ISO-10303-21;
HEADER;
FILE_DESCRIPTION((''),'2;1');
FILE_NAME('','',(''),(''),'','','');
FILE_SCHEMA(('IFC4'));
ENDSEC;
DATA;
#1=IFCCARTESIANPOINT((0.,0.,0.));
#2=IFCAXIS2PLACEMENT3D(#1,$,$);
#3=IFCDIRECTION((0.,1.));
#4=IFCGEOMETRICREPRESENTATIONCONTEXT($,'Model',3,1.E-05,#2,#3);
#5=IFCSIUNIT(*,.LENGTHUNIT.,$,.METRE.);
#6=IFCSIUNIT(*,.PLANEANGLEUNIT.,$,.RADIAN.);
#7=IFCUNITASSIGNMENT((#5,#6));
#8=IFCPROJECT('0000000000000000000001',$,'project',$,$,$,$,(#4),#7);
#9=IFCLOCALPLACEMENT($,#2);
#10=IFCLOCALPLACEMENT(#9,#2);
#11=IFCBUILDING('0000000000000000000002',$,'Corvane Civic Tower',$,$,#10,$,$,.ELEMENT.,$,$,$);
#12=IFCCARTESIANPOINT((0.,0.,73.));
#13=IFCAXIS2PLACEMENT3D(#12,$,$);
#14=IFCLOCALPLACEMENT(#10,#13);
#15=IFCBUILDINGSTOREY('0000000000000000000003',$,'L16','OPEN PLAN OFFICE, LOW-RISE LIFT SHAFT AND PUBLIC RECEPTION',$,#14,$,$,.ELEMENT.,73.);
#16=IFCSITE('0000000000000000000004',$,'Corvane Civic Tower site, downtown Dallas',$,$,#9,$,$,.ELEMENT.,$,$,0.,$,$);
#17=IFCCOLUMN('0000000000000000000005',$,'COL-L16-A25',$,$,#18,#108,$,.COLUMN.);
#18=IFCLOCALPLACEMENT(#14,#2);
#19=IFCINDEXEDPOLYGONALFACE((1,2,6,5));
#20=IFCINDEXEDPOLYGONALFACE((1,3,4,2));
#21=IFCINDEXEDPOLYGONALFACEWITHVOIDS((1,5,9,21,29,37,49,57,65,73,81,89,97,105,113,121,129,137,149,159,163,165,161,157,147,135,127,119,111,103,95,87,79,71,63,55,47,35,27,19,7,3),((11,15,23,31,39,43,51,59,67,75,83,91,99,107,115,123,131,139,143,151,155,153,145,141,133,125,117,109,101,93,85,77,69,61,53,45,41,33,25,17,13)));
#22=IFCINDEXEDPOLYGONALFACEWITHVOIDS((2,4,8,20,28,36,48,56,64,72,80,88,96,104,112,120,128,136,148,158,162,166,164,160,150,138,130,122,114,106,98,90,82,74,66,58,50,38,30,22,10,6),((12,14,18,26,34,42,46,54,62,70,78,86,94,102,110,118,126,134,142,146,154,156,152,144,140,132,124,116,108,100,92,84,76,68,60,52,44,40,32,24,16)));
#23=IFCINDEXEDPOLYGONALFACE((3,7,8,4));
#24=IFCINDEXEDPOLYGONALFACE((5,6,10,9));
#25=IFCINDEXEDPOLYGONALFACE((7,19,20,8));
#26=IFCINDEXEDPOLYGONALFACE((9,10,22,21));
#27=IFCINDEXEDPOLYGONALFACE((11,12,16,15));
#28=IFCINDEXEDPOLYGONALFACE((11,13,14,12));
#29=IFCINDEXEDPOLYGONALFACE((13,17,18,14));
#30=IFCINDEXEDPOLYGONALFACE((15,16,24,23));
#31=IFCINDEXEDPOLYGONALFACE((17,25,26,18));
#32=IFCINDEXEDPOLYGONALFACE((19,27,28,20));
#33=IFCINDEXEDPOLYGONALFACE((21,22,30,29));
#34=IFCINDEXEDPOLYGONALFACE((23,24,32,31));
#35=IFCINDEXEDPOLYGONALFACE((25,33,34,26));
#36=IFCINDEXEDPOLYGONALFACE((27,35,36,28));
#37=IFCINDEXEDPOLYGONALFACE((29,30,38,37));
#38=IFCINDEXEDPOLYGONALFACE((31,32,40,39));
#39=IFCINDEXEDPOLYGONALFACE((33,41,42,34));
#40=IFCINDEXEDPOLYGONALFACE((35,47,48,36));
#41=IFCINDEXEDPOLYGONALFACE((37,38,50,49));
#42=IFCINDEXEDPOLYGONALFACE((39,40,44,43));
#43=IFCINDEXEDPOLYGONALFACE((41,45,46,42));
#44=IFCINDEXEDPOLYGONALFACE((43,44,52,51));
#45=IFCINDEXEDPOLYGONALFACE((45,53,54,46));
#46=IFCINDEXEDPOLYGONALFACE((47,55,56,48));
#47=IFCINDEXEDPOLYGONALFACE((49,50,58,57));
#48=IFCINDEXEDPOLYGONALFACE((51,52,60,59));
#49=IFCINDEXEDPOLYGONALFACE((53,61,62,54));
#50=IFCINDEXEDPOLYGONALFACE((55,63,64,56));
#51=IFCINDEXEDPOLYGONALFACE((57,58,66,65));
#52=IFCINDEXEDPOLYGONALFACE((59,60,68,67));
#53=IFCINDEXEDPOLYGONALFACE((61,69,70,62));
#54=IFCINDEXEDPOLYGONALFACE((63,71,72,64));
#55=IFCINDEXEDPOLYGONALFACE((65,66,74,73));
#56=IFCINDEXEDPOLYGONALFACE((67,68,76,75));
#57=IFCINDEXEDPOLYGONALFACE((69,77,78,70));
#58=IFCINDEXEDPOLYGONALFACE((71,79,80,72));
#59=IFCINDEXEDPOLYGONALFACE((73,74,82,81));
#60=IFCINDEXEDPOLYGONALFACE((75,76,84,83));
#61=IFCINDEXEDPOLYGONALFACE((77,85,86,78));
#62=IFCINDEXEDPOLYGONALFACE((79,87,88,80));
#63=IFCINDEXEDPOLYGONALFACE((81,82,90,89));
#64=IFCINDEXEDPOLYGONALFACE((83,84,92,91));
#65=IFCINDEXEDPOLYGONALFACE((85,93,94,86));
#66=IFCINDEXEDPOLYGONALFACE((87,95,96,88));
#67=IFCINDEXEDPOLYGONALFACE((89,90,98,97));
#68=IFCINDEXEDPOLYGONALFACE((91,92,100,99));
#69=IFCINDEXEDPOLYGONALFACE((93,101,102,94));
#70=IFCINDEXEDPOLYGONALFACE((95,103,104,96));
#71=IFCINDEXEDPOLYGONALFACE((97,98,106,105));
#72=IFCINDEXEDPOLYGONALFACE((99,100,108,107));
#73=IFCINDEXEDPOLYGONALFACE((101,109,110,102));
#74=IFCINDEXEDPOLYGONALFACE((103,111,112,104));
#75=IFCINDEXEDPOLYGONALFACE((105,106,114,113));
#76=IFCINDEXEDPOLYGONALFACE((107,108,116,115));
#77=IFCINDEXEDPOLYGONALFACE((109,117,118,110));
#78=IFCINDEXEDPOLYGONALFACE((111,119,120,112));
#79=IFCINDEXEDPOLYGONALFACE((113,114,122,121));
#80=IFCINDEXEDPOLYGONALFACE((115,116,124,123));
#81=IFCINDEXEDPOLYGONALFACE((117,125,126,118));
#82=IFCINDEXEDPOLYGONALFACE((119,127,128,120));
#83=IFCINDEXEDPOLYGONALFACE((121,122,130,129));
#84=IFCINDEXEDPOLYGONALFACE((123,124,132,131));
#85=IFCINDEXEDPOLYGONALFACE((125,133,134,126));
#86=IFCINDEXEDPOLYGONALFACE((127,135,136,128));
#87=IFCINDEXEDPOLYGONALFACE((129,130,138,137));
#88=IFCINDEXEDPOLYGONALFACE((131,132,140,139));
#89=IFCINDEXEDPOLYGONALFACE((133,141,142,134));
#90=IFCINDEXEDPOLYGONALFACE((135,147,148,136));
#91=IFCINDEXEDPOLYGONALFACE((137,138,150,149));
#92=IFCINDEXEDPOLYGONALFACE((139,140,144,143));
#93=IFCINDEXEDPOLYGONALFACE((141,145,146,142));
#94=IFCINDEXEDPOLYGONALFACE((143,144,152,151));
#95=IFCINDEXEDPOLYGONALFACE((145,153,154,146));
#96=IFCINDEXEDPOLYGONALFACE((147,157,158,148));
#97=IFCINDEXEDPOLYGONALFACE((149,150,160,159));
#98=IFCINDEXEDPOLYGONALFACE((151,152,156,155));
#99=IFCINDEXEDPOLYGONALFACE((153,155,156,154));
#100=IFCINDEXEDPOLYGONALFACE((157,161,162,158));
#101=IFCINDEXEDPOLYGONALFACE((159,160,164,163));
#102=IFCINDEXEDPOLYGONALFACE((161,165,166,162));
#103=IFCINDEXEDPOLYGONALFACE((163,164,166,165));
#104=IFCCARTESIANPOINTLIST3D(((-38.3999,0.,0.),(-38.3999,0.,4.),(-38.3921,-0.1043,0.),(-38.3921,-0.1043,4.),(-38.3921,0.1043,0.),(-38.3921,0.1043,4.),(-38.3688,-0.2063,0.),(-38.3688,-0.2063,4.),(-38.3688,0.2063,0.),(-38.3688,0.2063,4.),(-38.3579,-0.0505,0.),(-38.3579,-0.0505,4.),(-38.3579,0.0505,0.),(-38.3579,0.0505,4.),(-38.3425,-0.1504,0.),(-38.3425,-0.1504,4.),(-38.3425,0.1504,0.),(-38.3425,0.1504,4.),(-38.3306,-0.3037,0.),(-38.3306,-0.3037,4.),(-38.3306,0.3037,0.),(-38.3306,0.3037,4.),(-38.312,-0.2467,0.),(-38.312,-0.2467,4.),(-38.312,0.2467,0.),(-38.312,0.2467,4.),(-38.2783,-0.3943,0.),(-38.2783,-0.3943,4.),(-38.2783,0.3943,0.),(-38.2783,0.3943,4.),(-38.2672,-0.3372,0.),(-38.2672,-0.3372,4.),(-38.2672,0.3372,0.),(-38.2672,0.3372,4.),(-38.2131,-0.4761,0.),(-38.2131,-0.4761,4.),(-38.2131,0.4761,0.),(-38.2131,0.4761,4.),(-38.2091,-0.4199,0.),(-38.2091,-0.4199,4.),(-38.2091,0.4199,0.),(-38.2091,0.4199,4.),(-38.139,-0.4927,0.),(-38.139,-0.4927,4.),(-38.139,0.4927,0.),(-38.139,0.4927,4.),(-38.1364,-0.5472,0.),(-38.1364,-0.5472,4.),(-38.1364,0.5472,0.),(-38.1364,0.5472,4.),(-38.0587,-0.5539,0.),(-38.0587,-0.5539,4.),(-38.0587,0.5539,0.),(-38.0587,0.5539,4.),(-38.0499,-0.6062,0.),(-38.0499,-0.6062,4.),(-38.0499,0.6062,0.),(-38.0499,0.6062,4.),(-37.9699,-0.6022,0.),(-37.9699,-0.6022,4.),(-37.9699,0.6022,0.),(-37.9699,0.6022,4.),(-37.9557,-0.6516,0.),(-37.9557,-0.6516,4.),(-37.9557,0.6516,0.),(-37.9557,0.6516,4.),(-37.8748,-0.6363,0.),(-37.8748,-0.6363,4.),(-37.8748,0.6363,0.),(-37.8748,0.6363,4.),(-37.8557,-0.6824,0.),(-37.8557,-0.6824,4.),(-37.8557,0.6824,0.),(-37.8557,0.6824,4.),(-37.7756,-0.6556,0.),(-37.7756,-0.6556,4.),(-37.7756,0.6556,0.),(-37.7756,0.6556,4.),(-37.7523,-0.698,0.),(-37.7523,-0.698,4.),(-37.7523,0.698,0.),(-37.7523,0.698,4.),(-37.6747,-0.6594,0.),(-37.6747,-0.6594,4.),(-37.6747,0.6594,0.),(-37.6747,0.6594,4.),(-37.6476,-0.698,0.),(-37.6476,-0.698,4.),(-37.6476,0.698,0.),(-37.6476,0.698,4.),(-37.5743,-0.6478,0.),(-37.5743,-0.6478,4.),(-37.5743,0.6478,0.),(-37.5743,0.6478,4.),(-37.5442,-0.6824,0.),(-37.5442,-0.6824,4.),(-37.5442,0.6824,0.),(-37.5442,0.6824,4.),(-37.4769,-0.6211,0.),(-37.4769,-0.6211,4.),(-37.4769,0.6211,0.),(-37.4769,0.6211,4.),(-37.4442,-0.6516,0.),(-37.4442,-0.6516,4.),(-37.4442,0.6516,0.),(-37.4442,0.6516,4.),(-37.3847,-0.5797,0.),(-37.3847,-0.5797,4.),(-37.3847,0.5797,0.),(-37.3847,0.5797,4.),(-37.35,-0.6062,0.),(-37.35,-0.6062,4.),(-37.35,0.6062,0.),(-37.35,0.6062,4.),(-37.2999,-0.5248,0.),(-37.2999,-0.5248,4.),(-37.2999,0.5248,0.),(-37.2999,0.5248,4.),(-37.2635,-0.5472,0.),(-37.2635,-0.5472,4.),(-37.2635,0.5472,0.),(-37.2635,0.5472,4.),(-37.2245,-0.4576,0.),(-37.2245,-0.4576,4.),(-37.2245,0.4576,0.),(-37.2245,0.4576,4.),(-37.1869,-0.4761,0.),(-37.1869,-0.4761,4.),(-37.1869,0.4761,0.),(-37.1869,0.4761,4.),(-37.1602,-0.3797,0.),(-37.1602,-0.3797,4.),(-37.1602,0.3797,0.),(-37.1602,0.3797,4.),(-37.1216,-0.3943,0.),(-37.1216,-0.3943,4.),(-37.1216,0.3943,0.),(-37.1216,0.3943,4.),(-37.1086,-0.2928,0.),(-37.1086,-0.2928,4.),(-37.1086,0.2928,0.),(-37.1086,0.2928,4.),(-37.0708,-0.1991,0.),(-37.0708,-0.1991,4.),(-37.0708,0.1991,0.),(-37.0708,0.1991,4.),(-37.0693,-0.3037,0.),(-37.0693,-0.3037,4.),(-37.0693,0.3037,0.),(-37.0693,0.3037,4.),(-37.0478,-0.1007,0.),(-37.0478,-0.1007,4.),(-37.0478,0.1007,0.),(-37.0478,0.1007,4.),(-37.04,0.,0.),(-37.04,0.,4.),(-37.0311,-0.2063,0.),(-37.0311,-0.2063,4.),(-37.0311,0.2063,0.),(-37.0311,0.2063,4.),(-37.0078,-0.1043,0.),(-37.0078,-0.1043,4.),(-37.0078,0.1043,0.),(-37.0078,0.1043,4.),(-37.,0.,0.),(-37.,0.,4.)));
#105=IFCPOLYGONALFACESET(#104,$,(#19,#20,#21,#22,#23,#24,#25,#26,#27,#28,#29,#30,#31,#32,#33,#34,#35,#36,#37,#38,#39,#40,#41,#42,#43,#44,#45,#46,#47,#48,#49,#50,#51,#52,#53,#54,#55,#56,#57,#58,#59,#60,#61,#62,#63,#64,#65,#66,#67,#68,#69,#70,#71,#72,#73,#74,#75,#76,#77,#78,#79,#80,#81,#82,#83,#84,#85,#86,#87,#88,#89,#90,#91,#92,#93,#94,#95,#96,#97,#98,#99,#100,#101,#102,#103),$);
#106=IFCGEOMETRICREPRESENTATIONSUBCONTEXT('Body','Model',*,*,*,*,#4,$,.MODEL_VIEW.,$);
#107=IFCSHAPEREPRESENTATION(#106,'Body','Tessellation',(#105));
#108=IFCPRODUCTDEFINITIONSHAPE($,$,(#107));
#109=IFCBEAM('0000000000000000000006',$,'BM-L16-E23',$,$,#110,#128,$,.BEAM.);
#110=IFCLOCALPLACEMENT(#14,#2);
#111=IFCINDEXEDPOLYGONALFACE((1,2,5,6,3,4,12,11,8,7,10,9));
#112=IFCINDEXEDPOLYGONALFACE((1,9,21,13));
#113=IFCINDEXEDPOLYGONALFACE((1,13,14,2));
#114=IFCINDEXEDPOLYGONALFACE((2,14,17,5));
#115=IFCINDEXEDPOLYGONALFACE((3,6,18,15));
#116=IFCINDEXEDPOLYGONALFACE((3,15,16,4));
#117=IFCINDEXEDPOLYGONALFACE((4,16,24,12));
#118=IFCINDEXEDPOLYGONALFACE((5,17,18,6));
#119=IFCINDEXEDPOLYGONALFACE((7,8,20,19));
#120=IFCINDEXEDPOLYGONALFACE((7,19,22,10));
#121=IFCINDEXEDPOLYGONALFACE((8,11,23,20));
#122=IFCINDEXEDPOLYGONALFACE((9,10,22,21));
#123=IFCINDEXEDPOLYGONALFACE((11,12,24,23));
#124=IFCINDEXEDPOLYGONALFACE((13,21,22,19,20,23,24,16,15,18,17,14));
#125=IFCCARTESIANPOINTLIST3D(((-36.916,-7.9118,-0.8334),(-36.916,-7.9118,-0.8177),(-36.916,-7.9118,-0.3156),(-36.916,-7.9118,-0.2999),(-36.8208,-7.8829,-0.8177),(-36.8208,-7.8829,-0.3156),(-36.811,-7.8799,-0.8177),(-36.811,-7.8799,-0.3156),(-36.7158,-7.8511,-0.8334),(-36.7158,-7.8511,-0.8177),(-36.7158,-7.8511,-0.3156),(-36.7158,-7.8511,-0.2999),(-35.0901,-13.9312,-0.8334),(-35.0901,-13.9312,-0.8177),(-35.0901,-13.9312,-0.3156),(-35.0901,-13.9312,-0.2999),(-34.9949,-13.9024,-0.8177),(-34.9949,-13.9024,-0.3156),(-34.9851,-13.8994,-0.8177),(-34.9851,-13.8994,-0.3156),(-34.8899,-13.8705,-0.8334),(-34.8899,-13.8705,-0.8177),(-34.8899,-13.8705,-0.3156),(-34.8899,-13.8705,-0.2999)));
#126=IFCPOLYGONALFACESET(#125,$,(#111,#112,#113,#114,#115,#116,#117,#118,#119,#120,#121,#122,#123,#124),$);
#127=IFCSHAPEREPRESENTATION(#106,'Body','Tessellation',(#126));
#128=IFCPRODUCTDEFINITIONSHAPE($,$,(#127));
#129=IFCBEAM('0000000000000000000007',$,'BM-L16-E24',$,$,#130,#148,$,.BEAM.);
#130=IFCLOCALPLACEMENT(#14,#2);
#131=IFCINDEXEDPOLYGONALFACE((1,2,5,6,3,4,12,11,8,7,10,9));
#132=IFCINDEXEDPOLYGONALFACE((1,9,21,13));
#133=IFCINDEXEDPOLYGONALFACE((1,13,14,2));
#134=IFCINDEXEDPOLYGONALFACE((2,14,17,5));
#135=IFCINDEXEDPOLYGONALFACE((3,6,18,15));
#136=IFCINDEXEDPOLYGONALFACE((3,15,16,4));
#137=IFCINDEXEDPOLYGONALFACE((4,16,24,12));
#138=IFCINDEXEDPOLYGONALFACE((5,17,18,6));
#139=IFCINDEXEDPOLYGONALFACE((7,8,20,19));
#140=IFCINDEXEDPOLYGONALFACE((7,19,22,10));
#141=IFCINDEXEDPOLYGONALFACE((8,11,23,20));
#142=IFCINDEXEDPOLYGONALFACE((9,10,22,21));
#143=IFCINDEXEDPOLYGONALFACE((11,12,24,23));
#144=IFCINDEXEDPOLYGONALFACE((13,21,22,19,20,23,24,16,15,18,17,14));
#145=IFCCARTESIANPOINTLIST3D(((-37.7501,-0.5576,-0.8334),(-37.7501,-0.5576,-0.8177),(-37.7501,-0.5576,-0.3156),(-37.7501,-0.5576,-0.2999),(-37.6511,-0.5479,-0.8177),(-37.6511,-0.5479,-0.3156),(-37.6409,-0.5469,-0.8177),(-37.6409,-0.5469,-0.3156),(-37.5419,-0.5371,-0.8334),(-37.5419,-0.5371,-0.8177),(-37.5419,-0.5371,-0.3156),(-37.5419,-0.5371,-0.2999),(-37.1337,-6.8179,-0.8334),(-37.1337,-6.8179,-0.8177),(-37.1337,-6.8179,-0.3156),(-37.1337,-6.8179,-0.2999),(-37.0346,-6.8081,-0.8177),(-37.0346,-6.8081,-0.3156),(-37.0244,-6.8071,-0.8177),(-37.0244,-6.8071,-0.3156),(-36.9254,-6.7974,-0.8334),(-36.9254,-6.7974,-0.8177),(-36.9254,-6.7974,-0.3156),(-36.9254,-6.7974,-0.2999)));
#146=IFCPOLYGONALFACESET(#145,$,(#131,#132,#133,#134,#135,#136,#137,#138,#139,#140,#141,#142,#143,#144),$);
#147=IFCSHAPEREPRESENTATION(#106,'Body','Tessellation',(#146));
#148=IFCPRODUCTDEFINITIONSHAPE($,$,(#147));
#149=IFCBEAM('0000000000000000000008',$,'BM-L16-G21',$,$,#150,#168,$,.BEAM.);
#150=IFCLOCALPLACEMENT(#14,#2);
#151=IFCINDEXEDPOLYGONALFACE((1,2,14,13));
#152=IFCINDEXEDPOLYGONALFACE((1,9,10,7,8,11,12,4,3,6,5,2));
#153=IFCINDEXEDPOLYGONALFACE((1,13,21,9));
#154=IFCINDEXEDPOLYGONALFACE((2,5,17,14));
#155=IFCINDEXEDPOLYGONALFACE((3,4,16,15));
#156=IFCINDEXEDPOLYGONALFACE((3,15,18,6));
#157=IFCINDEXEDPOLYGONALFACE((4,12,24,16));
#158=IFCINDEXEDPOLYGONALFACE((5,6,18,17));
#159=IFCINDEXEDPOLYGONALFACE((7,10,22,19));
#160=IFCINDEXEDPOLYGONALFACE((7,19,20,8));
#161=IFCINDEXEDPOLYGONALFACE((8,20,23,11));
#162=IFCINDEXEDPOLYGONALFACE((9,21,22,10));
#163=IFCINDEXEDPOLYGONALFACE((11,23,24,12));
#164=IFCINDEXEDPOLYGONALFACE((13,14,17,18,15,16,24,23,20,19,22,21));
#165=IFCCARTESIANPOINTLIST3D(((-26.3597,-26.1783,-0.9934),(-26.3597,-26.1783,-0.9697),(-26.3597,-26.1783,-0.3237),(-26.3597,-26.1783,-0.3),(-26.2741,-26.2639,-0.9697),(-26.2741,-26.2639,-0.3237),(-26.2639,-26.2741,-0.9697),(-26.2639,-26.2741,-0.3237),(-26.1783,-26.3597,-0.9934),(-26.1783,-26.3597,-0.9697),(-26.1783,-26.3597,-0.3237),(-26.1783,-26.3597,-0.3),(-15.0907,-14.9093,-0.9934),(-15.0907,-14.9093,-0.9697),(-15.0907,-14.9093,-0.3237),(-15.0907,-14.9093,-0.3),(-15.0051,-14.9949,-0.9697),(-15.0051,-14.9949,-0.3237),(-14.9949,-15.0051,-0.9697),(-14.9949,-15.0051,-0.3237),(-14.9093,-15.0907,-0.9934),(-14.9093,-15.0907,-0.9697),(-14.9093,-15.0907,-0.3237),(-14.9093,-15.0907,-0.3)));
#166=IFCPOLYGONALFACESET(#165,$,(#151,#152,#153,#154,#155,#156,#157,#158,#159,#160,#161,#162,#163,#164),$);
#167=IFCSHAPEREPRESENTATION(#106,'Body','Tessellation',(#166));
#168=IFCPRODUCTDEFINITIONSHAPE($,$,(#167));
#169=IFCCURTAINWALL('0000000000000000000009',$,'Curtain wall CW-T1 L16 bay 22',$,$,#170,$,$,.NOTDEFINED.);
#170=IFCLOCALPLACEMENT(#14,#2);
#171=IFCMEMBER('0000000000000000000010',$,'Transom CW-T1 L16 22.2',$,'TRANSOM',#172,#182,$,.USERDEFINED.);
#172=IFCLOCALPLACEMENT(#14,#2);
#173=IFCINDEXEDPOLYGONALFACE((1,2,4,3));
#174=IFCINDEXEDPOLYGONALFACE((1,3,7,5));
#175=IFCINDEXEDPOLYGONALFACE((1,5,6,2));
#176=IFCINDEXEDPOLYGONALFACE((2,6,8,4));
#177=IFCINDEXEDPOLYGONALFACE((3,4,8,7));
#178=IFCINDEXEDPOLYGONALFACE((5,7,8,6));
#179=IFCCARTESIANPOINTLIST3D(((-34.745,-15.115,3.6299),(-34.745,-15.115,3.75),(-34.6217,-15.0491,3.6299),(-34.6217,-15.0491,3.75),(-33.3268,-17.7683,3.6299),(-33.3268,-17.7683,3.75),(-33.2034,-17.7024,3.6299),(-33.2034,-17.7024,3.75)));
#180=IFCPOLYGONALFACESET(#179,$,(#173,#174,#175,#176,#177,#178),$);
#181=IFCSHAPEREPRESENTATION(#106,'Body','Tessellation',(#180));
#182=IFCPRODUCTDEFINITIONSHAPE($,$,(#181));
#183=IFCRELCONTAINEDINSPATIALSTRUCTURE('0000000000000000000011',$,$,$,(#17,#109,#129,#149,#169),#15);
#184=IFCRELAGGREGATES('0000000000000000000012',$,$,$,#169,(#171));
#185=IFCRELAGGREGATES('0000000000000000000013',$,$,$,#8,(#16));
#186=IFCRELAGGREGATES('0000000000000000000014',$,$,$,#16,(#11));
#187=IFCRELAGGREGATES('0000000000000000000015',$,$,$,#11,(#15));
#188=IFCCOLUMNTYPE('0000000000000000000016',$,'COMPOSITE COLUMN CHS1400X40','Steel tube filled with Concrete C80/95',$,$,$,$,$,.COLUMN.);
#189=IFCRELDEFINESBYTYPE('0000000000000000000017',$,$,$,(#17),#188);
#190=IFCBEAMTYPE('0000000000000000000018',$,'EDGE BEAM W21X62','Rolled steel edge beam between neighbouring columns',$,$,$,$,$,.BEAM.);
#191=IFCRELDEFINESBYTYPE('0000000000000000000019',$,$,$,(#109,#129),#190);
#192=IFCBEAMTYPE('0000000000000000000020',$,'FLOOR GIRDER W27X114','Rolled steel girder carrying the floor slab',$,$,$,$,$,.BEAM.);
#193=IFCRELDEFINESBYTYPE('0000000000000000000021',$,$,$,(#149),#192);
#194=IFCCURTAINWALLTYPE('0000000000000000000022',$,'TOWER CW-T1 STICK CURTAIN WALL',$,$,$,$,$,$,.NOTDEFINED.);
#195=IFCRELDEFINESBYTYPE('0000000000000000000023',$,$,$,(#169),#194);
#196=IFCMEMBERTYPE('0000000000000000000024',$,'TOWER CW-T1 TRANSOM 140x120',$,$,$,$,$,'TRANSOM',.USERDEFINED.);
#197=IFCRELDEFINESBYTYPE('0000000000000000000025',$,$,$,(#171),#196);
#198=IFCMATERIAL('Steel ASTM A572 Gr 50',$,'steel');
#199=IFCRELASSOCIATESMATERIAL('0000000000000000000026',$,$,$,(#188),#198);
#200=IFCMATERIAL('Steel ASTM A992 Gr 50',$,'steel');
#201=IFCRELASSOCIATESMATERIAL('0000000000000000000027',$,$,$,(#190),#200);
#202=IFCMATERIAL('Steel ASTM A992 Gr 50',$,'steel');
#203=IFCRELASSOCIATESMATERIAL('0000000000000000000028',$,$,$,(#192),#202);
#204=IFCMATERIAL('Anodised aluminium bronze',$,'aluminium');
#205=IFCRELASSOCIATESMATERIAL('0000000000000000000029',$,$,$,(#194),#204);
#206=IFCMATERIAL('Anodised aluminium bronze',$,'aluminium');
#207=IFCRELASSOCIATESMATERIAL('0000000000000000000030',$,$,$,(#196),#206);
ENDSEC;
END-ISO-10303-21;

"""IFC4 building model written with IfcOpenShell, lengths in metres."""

from ifc_helpers import new_model, si_unit, direction, frame, origin, origin_2d, place, context, subcontext, project, spatial, rectangle, hollow_circle, i_section, extrude, material, material_profile, profile_set, type_object, element, aggregate, save


model = new_model("IFC4")

# Units and contexts
model_context = context("Model", 3, precision=1e-05, world=origin(), true_north=direction((0.0, 1.0)))
body_context = subcontext(model_context, "Body", "Model", "MODEL_VIEW")
ifc_project = project(units=[si_unit("LENGTHUNIT", "METRE"), si_unit("PLANEANGLEUNIT", "RADIAN")], contexts=[model_context])

# Site, building, storey
site_placement = place(None, origin())
site = spatial("IfcSite", under=ifc_project, at=site_placement, Name="Corvane Civic Tower site, downtown Dallas", CompositionType="ELEMENT", RefElevation=0.0)
building_placement = place(site_placement, origin())
building = spatial("IfcBuilding", under=site, at=building_placement, Name="Corvane Civic Tower", CompositionType="ELEMENT")
storey_placement = place(building_placement, frame((0.0, 0.0, 73.0)))
storey = spatial("IfcBuildingStorey", under=building, at=storey_placement, Name="L16", Description="OPEN PLAN OFFICE, LOW-RISE LIFT SHAFT AND PUBLIC RECEPTION", CompositionType="ELEMENT", Elevation=73.0)

# Column
ifc_material_1 = material(Name="Steel ASTM A572 Gr 50", Category="steel")
ifc_material_profile_1 = material_profile(ifc_material_1, hollow_circle(Radius=0.7, WallThickness=0.04, at=origin_2d()), Name="CHS1400X40")
ifc_profile_set_1 = profile_set([ifc_material_profile_1], Name="Steel ASTM A572 Gr 50")
column_type = type_object("IfcColumnType", Name="COMPOSITE COLUMN CHS1400X40", Description="Steel tube filled with Concrete C80/95", PredefinedType="COLUMN", material=ifc_profile_set_1)
for number, where, z_axis, x_axis, name in (
    (1, (-37.7, 0.0, 0.0), (0.0, 0.0, 1.0), (1.0, 0.0, 0.0), "COL-L16-A25"),
):
    element("IfcColumn", number, at=place(storey_placement, frame(where, z_axis=z_axis, x_axis=x_axis)), inside=storey, type_object=column_type, Name=name, PredefinedType="COLUMN", context=body_context, shape_type="SweptSolid", body=[
        extrude(hollow_circle(Radius=0.7, WallThickness=0.04, at=origin_2d()), origin(), (0.0, 0.0, 1.0), 4.0),
    ])

# Beams
ifc_material_2 = material(Name="Steel ASTM A992 Gr 50", Category="steel")
ifc_material_profile_2 = material_profile(ifc_material_2, i_section(OverallWidth=0.2092, OverallDepth=0.5334, WebThickness=0.0103, FlangeThickness=0.0156, at=origin_2d()), Name="W21X62")
ifc_profile_set_2 = profile_set([ifc_material_profile_2], Name="Steel ASTM A992 Gr 50")
beam_type_1 = type_object("IfcBeamType", Name="EDGE BEAM W21X62", Description="Rolled steel edge beam between neighbouring columns", PredefinedType="BEAM", material=ifc_profile_set_2)
beam_1_placement = place(storey_placement, frame((-34.99, -13.9009, -0.5667), z_axis=(-0.290273, 0.956944, 0.0), x_axis=(-0.956944, -0.290273, 0.0)))
element("IfcBeam", 2, at=beam_1_placement, inside=storey, type_object=beam_type_1, Name="BM-L16-E23", PredefinedType="BEAM", context=body_context, shape_type="SweptSolid", body=[
    extrude(i_section(OverallWidth=0.2092, OverallDepth=0.5334, WebThickness=0.0103, FlangeThickness=0.0156, at=origin_2d()), origin(), (0.0, 0.0, 1.0), 6.2903),
])
beam_2_placement = place(storey_placement, frame((-37.0295, -6.8076, -0.5667), z_axis=(-0.097997, 0.995187, 0.0), x_axis=(-0.995187, -0.097997, 0.0)))
element("IfcBeam", 3, at=beam_2_placement, inside=storey, type_object=beam_type_1, Name="BM-L16-E24", PredefinedType="BEAM", context=body_context, shape_type="SweptSolid", body=[
    extrude(i_section(OverallWidth=0.2092, OverallDepth=0.5334, WebThickness=0.0103, FlangeThickness=0.0156, at=origin_2d()), origin(), (0.0, 0.0, 1.0), 6.2905),
])
ifc_material_3 = material(Name="Steel ASTM A992 Gr 50", Category="steel")
ifc_material_profile_3 = material_profile(ifc_material_3, i_section(OverallWidth=0.2566, OverallDepth=0.6934, WebThickness=0.0144, FlangeThickness=0.0237, at=origin_2d()), Name="W27X114")
ifc_profile_set_3 = profile_set([ifc_material_profile_3], Name="Steel ASTM A992 Gr 50")
beam_type_2 = type_object("IfcBeamType", Name="FLOOR GIRDER W27X114", Description="Rolled steel girder carrying the floor slab", PredefinedType="BEAM", material=ifc_profile_set_3)
beam_3_placement = place(storey_placement, frame((-15.0, -15.0, -0.6467), z_axis=(-0.707107, -0.707107, 0.0), x_axis=(0.707107, -0.707107, 0.0)))
element("IfcBeam", 4, at=beam_3_placement, inside=storey, type_object=beam_type_2, Name="BM-L16-G21", PredefinedType="BEAM", context=body_context, shape_type="SweptSolid", body=[
    extrude(i_section(OverallWidth=0.2566, OverallDepth=0.6934, WebThickness=0.0144, FlangeThickness=0.0237, at=origin_2d()), origin(), (0.0, 0.0, 1.0), 15.9368),
])

# Curtain wall, member
ifc_material_4 = material(Name="Anodised aluminium bronze", Category="aluminium")
curtain_wall_type = type_object("IfcCurtainWallType", Name="TOWER CW-T1 STICK CURTAIN WALL", PredefinedType="NOTDEFINED", material=ifc_material_4)
curtain_wall_1_placement = place(storey_placement, origin())
curtain_wall_1 = element("IfcCurtainWall", 5, at=curtain_wall_1_placement, inside=storey, type_object=curtain_wall_type, Name="Curtain wall CW-T1 L16 bay 22", PredefinedType="NOTDEFINED")
ifc_material_5 = material(Name="Anodised aluminium bronze", Category="aluminium")
ifc_material_profile_4 = material_profile(ifc_material_5, rectangle(XDim=0.1399, YDim=0.1201, at=origin_2d()), Name="TOWER CW-T1 TRANSOM 140x120")
ifc_profile_set_4 = profile_set([ifc_material_profile_4], Name="Anodised aluminium bronze")
member_type_1 = type_object("IfcMemberType", Name="TOWER CW-T1 TRANSOM 140x120", ElementType="TRANSOM", PredefinedType="USERDEFINED", material=ifc_profile_set_4)
member_1_placement = place(storey_placement, frame((-33.2651, -17.7354, 3.6899), z_axis=(-0.471393, 0.881924, 0.0), x_axis=(-0.881924, -0.471393, 0.0)))
member_1 = element("IfcMember", 6, at=member_1_placement, type_object=member_type_1, Name="Transom CW-T1 L16 22.2", ObjectType="TRANSOM", PredefinedType="USERDEFINED", context=body_context, shape_type="SweptSolid", body=[
    extrude(rectangle(XDim=0.1399, YDim=0.1201, at=origin_2d()), origin(), (0.0, 0.0, 1.0), 3.0085),
])

aggregate(curtain_wall_1, [member_1])

save(model, "model.ifc")
